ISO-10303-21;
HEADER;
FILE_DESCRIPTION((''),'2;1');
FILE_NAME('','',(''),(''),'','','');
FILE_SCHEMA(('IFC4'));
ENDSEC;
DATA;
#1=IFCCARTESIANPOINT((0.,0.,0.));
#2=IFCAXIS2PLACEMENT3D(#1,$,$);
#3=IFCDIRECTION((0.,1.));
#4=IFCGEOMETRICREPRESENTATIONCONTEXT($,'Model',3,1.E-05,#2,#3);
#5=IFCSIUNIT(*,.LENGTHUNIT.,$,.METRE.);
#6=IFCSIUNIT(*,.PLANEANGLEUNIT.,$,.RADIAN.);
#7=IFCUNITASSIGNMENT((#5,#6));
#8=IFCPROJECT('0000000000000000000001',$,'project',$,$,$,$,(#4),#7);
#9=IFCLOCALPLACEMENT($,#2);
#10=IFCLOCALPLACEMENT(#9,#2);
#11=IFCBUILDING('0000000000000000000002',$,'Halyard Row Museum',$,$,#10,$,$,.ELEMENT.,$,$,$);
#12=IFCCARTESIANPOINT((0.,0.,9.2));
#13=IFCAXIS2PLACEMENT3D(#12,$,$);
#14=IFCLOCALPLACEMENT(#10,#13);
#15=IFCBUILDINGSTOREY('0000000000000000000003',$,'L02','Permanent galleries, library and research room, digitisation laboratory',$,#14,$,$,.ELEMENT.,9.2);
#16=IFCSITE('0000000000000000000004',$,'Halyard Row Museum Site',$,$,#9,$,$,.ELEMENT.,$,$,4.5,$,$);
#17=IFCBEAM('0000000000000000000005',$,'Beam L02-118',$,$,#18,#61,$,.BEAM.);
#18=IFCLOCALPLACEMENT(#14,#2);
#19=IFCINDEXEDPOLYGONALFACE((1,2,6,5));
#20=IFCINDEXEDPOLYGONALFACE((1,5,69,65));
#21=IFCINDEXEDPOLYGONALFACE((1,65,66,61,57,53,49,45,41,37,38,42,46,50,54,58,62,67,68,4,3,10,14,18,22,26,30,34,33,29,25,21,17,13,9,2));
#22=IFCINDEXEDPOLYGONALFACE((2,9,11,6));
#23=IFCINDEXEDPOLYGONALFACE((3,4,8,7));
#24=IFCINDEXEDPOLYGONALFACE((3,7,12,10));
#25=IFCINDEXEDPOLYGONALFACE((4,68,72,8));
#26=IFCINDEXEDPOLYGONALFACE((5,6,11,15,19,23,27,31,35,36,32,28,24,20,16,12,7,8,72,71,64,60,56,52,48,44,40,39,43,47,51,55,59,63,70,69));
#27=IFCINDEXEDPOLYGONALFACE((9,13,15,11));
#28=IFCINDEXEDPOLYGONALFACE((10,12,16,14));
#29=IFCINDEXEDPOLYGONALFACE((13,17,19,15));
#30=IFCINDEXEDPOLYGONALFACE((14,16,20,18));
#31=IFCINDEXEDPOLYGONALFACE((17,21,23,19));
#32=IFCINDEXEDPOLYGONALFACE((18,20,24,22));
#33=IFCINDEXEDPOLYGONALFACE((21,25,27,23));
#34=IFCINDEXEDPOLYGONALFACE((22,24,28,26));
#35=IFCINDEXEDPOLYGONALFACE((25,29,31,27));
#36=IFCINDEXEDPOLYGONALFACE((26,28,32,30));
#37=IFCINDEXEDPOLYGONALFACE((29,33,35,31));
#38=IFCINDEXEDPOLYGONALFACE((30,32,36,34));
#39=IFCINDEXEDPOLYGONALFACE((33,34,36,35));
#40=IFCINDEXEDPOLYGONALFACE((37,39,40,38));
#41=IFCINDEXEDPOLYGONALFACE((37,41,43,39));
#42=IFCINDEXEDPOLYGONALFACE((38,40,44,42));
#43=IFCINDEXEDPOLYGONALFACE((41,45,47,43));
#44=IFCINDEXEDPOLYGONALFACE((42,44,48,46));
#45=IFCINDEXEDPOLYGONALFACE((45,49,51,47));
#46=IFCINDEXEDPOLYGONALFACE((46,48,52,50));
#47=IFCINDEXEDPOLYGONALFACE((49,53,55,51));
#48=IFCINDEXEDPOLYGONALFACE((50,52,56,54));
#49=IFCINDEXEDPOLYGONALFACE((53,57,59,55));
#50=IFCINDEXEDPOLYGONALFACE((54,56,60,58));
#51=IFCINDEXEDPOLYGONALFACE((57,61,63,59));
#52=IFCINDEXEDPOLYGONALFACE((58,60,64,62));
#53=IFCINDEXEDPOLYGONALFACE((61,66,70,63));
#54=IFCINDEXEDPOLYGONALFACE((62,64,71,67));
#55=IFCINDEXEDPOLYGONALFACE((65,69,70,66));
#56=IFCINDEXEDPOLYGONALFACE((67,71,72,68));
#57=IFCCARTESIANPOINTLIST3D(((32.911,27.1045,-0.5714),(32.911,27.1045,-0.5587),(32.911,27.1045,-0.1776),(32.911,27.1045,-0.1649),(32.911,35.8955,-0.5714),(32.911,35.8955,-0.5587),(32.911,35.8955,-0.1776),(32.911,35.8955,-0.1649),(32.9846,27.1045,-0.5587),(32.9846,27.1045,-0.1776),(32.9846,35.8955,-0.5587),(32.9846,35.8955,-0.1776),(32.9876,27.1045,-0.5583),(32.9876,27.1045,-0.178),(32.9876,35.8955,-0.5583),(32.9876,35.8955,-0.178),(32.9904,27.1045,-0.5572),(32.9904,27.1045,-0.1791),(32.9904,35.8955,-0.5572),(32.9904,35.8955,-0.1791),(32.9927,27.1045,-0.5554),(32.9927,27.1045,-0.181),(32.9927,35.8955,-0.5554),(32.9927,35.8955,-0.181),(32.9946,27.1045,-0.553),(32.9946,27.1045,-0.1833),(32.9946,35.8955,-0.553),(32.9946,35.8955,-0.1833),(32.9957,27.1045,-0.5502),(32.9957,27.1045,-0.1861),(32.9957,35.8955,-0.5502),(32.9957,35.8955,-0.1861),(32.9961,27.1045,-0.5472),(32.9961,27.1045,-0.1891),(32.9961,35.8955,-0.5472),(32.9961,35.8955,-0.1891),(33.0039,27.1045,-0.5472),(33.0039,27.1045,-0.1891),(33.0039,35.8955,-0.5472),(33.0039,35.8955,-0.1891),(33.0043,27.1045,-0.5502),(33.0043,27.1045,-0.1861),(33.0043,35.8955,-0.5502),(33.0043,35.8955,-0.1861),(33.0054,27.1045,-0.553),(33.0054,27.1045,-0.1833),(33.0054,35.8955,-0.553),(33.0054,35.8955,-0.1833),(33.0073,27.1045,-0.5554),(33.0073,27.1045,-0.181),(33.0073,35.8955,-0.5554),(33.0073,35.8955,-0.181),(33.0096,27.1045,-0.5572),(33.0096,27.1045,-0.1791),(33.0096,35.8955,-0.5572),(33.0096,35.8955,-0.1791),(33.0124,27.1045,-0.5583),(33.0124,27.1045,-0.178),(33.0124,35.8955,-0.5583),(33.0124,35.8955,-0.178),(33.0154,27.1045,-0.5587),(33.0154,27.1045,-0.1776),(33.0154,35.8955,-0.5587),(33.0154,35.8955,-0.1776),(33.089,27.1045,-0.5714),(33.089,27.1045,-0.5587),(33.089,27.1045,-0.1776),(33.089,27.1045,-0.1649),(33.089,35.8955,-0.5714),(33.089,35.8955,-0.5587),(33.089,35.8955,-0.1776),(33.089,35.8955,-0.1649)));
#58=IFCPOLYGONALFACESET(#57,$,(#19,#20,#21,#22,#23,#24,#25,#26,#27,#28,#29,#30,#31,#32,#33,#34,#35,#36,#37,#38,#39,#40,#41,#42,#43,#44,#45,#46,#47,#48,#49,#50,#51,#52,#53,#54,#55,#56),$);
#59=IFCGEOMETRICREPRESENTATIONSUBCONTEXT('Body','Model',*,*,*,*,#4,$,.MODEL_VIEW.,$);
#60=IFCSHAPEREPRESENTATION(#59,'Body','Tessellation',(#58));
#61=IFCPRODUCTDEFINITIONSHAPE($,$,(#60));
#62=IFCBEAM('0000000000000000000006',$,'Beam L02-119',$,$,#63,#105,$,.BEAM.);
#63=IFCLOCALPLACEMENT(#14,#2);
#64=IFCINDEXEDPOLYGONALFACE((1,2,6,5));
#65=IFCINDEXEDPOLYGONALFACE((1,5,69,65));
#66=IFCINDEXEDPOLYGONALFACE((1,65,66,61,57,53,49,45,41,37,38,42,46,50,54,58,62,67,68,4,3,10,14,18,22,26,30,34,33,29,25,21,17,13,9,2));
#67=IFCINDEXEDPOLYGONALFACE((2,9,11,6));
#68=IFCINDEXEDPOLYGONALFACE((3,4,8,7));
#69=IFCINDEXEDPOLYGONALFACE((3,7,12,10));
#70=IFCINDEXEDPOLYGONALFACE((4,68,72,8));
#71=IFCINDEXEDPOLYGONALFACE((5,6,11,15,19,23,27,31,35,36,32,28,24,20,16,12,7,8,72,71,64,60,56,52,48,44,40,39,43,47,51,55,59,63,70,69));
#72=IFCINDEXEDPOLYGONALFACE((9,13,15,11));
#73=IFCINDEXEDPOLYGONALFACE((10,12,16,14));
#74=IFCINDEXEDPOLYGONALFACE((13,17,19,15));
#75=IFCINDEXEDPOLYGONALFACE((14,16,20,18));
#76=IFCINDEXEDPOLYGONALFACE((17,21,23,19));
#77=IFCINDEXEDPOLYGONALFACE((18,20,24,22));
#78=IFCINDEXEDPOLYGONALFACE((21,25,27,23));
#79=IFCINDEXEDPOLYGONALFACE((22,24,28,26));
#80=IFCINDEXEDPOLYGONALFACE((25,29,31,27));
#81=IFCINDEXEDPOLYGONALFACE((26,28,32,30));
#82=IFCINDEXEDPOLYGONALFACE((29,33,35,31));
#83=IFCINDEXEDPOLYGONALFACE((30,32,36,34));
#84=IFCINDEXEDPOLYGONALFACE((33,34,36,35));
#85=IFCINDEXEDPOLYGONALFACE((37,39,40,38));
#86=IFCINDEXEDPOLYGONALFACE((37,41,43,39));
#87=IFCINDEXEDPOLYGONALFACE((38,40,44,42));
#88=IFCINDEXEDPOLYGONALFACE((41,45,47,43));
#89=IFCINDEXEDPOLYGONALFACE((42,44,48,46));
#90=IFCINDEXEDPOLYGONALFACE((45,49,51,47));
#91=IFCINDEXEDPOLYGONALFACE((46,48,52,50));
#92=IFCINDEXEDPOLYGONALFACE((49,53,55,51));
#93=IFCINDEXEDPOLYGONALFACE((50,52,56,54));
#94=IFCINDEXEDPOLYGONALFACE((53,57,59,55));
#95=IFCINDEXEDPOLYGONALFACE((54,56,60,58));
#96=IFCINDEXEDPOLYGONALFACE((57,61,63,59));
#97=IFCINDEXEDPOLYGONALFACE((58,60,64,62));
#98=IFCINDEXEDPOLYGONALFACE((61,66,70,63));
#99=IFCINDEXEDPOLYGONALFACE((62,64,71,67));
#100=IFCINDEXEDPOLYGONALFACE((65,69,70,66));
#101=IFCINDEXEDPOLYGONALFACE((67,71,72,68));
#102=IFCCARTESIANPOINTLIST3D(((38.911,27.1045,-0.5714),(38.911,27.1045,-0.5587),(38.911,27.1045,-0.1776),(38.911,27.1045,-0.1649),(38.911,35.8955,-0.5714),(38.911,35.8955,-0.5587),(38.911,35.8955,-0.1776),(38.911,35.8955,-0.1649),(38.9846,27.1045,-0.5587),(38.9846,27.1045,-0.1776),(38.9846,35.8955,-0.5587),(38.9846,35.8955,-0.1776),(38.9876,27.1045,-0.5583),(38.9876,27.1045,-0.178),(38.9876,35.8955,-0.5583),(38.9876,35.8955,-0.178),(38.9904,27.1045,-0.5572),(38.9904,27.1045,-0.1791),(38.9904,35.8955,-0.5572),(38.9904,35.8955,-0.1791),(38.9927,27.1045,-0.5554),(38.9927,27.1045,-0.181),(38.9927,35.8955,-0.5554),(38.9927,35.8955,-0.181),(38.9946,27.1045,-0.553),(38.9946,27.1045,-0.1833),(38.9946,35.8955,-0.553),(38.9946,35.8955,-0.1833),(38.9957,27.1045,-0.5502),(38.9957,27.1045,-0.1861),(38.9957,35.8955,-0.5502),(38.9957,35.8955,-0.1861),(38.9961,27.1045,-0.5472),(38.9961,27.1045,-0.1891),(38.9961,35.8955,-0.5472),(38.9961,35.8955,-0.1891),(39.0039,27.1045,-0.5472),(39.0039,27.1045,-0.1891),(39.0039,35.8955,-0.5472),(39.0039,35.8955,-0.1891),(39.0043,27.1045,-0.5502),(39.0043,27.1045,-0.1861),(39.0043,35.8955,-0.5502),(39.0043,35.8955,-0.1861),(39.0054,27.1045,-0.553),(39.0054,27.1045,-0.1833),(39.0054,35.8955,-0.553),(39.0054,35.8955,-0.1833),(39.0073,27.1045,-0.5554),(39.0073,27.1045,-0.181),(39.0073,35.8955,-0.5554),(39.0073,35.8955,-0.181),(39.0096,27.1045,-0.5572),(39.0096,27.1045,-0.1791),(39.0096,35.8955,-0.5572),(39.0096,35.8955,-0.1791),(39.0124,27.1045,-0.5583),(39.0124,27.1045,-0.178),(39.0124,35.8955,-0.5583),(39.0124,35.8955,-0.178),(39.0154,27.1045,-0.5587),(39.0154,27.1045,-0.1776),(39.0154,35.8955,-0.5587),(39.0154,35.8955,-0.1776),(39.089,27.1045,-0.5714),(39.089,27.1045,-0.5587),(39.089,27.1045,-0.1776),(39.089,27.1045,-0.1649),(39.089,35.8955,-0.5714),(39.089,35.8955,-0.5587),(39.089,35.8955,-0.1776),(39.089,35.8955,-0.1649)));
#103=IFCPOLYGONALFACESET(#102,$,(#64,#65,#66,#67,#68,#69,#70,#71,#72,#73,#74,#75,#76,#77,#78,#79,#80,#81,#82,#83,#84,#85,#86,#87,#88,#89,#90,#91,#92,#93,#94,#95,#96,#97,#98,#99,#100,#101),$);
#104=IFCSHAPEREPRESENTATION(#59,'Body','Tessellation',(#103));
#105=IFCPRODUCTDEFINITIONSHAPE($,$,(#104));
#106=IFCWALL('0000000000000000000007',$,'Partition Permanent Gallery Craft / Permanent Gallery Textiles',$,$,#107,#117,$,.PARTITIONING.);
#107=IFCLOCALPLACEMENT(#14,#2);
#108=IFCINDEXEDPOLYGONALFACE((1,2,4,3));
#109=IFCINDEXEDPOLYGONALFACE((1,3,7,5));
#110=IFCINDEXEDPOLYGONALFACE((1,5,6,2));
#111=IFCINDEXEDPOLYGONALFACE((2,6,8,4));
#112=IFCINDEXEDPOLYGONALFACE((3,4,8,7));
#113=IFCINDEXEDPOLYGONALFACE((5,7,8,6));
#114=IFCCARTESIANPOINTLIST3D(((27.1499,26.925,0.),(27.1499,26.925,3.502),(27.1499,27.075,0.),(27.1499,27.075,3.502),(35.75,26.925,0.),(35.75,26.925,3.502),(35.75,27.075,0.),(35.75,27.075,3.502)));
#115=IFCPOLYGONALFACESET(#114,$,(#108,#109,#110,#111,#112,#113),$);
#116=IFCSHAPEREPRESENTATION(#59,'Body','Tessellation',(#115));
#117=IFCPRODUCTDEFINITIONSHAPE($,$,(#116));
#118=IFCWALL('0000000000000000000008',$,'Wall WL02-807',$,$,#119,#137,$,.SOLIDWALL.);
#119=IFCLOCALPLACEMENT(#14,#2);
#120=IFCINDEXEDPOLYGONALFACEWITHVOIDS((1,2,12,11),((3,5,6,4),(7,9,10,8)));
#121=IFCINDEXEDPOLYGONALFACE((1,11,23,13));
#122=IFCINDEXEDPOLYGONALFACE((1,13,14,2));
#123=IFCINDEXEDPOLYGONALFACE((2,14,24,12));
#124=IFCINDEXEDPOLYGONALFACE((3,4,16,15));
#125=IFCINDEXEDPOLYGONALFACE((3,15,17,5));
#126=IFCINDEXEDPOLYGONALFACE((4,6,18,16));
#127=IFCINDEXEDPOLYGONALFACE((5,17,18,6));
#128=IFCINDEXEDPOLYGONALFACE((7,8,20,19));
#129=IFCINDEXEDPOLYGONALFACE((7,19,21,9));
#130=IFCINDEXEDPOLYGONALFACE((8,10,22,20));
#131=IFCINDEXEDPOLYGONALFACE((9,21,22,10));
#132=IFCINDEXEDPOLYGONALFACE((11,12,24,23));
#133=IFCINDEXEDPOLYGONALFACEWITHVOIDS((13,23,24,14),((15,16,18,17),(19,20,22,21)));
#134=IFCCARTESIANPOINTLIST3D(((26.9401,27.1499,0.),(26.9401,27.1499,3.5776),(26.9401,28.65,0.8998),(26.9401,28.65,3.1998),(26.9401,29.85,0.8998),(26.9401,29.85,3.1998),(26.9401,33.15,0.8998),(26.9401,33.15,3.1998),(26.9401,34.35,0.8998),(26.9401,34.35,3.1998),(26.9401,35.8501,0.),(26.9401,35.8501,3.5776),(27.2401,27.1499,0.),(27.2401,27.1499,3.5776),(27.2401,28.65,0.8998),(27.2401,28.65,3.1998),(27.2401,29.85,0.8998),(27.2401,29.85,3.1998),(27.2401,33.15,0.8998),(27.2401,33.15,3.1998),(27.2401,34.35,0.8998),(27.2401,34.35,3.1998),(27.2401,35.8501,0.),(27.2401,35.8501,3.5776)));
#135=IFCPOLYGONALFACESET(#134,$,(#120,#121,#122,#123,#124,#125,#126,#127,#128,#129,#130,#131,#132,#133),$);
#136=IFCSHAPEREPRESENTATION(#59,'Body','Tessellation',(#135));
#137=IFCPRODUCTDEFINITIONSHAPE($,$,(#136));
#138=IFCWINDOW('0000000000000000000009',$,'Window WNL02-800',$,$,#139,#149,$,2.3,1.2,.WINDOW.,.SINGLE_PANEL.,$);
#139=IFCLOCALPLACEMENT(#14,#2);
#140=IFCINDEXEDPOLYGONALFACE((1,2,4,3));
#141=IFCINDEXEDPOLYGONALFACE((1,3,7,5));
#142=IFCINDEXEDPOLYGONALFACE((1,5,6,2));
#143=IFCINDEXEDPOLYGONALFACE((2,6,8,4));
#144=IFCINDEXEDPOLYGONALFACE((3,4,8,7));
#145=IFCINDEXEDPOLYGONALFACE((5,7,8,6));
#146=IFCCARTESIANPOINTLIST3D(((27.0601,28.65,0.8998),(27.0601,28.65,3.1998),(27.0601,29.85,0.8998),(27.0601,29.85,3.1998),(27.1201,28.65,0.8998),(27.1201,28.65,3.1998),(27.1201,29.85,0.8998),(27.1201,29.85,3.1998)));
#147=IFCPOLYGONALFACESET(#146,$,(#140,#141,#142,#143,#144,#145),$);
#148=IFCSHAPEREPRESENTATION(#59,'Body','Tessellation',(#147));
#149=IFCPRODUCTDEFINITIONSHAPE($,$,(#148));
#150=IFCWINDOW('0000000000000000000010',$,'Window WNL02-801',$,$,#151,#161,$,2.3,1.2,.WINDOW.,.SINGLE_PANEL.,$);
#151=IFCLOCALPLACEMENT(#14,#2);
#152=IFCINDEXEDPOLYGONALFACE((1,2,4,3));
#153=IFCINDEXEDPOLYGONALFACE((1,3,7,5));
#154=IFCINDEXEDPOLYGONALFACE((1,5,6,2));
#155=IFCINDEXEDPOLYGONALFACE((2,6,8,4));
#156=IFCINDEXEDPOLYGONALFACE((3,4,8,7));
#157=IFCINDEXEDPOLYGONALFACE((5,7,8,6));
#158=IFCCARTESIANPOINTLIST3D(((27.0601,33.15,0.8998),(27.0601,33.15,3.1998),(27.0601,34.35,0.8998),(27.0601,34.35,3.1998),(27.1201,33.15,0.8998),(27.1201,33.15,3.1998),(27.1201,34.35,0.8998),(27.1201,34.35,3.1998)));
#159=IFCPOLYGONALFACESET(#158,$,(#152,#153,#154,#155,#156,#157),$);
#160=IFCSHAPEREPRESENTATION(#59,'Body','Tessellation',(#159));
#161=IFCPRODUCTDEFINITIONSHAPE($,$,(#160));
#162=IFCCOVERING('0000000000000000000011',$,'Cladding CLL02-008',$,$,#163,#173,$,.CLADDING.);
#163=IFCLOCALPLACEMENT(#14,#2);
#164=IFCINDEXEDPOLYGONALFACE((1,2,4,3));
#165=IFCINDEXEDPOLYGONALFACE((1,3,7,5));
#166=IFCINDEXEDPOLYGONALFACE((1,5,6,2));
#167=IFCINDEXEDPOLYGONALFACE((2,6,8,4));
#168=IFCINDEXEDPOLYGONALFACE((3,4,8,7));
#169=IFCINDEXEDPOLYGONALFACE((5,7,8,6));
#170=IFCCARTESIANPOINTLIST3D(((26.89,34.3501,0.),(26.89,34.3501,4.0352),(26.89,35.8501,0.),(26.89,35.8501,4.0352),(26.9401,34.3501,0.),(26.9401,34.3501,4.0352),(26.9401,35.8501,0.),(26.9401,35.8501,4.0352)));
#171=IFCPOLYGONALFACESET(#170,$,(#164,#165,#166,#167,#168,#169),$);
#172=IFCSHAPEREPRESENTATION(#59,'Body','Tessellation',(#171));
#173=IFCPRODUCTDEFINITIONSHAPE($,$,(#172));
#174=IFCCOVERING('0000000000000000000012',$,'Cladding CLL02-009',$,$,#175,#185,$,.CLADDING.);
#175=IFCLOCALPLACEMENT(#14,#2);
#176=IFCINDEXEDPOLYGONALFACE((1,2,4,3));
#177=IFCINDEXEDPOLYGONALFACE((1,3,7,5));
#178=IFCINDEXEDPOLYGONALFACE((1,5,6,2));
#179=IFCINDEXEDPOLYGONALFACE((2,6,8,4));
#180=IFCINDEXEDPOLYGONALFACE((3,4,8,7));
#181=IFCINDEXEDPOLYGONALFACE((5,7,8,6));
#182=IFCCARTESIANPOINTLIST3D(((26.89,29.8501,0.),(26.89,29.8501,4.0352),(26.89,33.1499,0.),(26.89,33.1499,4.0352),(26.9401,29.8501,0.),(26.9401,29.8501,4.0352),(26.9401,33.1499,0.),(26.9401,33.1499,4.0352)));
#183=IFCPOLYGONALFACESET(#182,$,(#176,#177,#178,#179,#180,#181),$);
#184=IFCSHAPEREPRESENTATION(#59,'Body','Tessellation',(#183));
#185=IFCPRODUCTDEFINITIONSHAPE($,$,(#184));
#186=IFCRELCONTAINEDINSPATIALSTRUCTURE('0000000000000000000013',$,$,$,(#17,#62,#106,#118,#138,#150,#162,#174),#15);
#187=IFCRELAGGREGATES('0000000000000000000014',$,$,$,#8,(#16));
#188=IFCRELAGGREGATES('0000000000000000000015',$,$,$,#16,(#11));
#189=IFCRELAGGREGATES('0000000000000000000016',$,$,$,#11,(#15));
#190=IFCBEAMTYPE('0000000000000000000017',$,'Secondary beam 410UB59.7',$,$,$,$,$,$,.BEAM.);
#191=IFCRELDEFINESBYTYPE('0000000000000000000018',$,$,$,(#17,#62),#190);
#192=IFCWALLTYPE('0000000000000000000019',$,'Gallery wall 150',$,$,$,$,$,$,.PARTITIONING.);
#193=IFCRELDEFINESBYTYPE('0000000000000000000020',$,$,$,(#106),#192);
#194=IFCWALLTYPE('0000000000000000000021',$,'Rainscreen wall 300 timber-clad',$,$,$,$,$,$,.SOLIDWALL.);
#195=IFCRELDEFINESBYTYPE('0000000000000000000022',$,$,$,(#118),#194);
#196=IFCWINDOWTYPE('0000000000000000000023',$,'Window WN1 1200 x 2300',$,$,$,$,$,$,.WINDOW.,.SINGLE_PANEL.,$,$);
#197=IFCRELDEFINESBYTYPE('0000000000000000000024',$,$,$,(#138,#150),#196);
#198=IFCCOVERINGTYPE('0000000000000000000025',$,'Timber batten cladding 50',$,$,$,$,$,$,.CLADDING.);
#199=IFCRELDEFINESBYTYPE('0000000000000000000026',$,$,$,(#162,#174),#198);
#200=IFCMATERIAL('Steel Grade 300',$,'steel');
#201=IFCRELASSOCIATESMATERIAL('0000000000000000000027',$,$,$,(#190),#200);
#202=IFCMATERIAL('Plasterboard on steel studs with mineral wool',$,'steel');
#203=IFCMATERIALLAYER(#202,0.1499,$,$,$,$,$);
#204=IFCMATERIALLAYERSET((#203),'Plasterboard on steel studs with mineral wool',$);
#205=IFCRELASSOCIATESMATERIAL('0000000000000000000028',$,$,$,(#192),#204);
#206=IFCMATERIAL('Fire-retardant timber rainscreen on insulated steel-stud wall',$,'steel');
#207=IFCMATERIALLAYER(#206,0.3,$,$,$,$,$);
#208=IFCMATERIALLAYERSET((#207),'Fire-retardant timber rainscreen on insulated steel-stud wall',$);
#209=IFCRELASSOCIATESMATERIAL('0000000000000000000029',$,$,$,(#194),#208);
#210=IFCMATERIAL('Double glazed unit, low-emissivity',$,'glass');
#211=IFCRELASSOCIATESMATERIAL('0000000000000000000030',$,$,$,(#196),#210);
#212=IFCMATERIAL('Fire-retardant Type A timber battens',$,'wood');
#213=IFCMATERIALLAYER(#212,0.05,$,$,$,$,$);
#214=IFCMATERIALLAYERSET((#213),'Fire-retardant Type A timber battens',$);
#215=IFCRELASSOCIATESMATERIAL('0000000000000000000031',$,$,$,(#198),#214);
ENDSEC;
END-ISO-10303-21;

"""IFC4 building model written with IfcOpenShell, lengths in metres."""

from ifc_helpers import new_model, si_unit, direction, frame, frame_2d, origin, origin_2d, place, context, subcontext, project, spatial, rectangle, i_section, extrude, material, layer, layer_set, material_profile, profile_set, type_object, element, fill, save


model = new_model("IFC4")

# Units and contexts
model_context = context("Model", 3, precision=1e-05, world=origin(), true_north=direction((0.0, 1.0)))
body_context = subcontext(model_context, "Body", "Model", "MODEL_VIEW")
ifc_project = project(units=[si_unit("LENGTHUNIT", "METRE"), si_unit("PLANEANGLEUNIT", "RADIAN")], contexts=[model_context])

# Site, building, storey
site_placement = place(None, origin())
site = spatial("IfcSite", under=ifc_project, at=site_placement, Name="Halyard Row Museum Site", CompositionType="ELEMENT", RefElevation=4.5)
building_placement = place(site_placement, origin())
building = spatial("IfcBuilding", under=site, at=building_placement, Name="Halyard Row Museum", CompositionType="ELEMENT")
storey_placement = place(building_placement, frame((0.0, 0.0, 9.2)))
storey = spatial("IfcBuildingStorey", under=building, at=storey_placement, Name="L02", Description="Permanent galleries, library and research room, digitisation laboratory", CompositionType="ELEMENT", Elevation=9.2)

# Beams
ifc_material_1 = material(Name="Steel Grade 300", Category="steel")
ifc_material_profile_1 = material_profile(ifc_material_1, i_section(OverallWidth=0.178, OverallDepth=0.4065, WebThickness=0.0078, FlangeThickness=0.0127, FilletRadius=0.0115, at=origin_2d()), Name="410UB59.7")
ifc_profile_set_1 = profile_set([ifc_material_profile_1], Name="Steel Grade 300")
beam_type_1 = type_object("IfcBeamType", Name="Secondary beam 410UB59.7", PredefinedType="BEAM", material=ifc_profile_set_1)
for number, where, z_axis, x_axis, name in (
    (1, (33.0, 27.1045, -0.3682), (0.0, 1.0, 0.0), (-1.0, 0.0, 0.0), "Beam L02-118"),
    (2, (39.0, 27.1045, -0.3682), (0.0, 1.0, 0.0), (-1.0, 0.0, 0.0), "Beam L02-119"),
):
    element("IfcBeam", number, at=place(storey_placement, frame(where, z_axis=z_axis, x_axis=x_axis)), inside=storey, type_object=beam_type_1, Name=name, PredefinedType="BEAM", context=body_context, shape_type="SweptSolid", body=[
        extrude(i_section(OverallWidth=0.178, OverallDepth=0.4065, WebThickness=0.0078, FlangeThickness=0.0127, FilletRadius=0.0115, at=origin_2d()), origin(), (0.0, 0.0, 1.0), 8.791),
    ])

# Wall
ifc_material_2 = material(Name="Plasterboard on steel studs with mineral wool", Category="steel")
ifc_layer_1 = layer(ifc_material_2, 0.1499)
ifc_layer_set_1 = layer_set([ifc_layer_1], Name="Plasterboard on steel studs with mineral wool")
wall_type_1 = type_object("IfcWallType", Name="Gallery wall 150", PredefinedType="PARTITIONING", material=ifc_layer_set_1)
wall_1_placement = place(storey_placement, frame((27.1499, 27.0, 0.0), z_axis=(0.0, 0.0, 1.0), x_axis=(1.0, 0.0, 0.0)))
element("IfcWall", 3, at=wall_1_placement, inside=storey, type_object=wall_type_1, Name="Partition Permanent Gallery Craft / Permanent Gallery Textiles", PredefinedType="PARTITIONING", context=body_context, shape_type="SweptSolid", body=[
    extrude(rectangle(XDim=8.6001, YDim=0.1499, at=frame_2d((4.3, 0.0))), origin(), (0.0, 0.0, 1.0), 3.502),
])

# Wall, openings, windows
ifc_material_3 = material(Name="Fire-retardant timber rainscreen on insulated steel-stud wall", Category="steel")
ifc_layer_2 = layer(ifc_material_3, 0.3)
ifc_layer_set_2 = layer_set([ifc_layer_2], Name="Fire-retardant timber rainscreen on insulated steel-stud wall")
wall_type_2 = type_object("IfcWallType", Name="Rainscreen wall 300 timber-clad", PredefinedType="SOLIDWALL", material=ifc_layer_set_2)
wall_2_placement = place(storey_placement, frame((27.0901, 27.1499, 0.0), z_axis=(0.0, 0.0, 1.0), x_axis=(0.0, 1.0, 0.0)))
wall_2 = element("IfcWall", 4, at=wall_2_placement, inside=storey, type_object=wall_type_2, Name="Wall WL02-807", PredefinedType="SOLIDWALL", context=body_context, shape_type="SweptSolid", body=[
    extrude(rectangle(XDim=8.7002, YDim=0.3, at=frame_2d((4.3501, 0.0))), origin(), (0.0, 0.0, 1.0), 3.5776),
])
opening_1_placement = place(wall_2_placement, frame((1.5, 0.0, 0.8999)))
opening_1 = element("IfcOpeningElement", 5, at=opening_1_placement, cuts=wall_2, PredefinedType="OPENING", context=body_context, shape_type="SweptSolid", body=[
    extrude(rectangle(XDim=1.2, YDim=2.3, at=frame_2d((0.6001, 1.1499))), frame((0.0, 0.1599, 0.0), z_axis=(0.0, -1.0, 0.0), x_axis=(1.0, 0.0, 0.0)), (0.0, 0.0, 1.0), 0.3201),
])
opening_2_placement = place(wall_2_placement, frame((6.0, 0.0, 0.8999)))
opening_2 = element("IfcOpeningElement", 6, at=opening_2_placement, cuts=wall_2, PredefinedType="OPENING", context=body_context, shape_type="SweptSolid", body=[
    extrude(rectangle(XDim=1.2, YDim=2.3, at=frame_2d((0.6001, 1.1499))), frame((0.0, 0.1599, 0.0), z_axis=(0.0, -1.0, 0.0), x_axis=(1.0, 0.0, 0.0)), (0.0, 0.0, 1.0), 0.3201),
])
ifc_material_4 = material(Name="Double glazed unit, low-emissivity", Category="glass")
window_type = type_object("IfcWindowType", Name="Window WN1 1200 x 2300", PartitioningType="SINGLE_PANEL", PredefinedType="WINDOW", material=ifc_material_4)
window_1_placement = place(opening_1_placement, origin())
window_1 = element("IfcWindow", 7, at=window_1_placement, inside=storey, type_object=window_type, Name="Window WNL02-800", OverallHeight=2.3, OverallWidth=1.2, PartitioningType="SINGLE_PANEL", PredefinedType="WINDOW", context=body_context, shape_type="SweptSolid", body=[
    extrude(rectangle(XDim=1.2, YDim=2.3, at=frame_2d((0.6001, 1.1499))), frame((0.0, 0.03, 0.0), z_axis=(0.0, -1.0, 0.0), x_axis=(1.0, 0.0, 0.0)), (0.0, 0.0, 1.0), 0.0601),
])
fill(opening_1, window_1)
window_2_placement = place(opening_2_placement, origin())
window_2 = element("IfcWindow", 8, at=window_2_placement, inside=storey, type_object=window_type, Name="Window WNL02-801", OverallHeight=2.3, OverallWidth=1.2, PartitioningType="SINGLE_PANEL", PredefinedType="WINDOW", context=body_context, shape_type="SweptSolid", body=[
    extrude(rectangle(XDim=1.2, YDim=2.3, at=frame_2d((0.6001, 1.1499))), frame((0.0, 0.03, 0.0), z_axis=(0.0, -1.0, 0.0), x_axis=(1.0, 0.0, 0.0)), (0.0, 0.0, 1.0), 0.0601),
])
fill(opening_2, window_2)

# Coverings
ifc_material_5 = material(Name="Fire-retardant Type A timber battens", Category="wood")
ifc_layer_3 = layer(ifc_material_5, 0.05)
ifc_layer_set_3 = layer_set([ifc_layer_3], Name="Fire-retardant Type A timber battens")
covering_type = type_object("IfcCoveringType", Name="Timber batten cladding 50", PredefinedType="CLADDING", material=ifc_layer_set_3)
covering_1_placement = place(storey_placement, frame((26.915, 35.8501, 0.0), z_axis=(0.0, 0.0, 1.0), x_axis=(0.0, -1.0, 0.0)))
element("IfcCovering", 9, at=covering_1_placement, inside=storey, type_object=covering_type, Name="Cladding CLL02-008", PredefinedType="CLADDING", context=body_context, shape_type="SweptSolid", body=[
    extrude(rectangle(XDim=1.5, YDim=0.05, at=frame_2d((0.75, 0.0))), origin(), (0.0, 0.0, 1.0), 4.0352),
])
covering_2_placement = place(storey_placement, frame((26.915, 33.1499, 0.0), z_axis=(0.0, 0.0, 1.0), x_axis=(0.0, -1.0, 0.0)))
element("IfcCovering", 10, at=covering_2_placement, inside=storey, type_object=covering_type, Name="Cladding CLL02-009", PredefinedType="CLADDING", context=body_context, shape_type="SweptSolid", body=[
    extrude(rectangle(XDim=3.2998, YDim=0.05, at=frame_2d((1.6499, 0.0))), origin(), (0.0, 0.0, 1.0), 4.0352),
])

save(model, "model.ifc")
